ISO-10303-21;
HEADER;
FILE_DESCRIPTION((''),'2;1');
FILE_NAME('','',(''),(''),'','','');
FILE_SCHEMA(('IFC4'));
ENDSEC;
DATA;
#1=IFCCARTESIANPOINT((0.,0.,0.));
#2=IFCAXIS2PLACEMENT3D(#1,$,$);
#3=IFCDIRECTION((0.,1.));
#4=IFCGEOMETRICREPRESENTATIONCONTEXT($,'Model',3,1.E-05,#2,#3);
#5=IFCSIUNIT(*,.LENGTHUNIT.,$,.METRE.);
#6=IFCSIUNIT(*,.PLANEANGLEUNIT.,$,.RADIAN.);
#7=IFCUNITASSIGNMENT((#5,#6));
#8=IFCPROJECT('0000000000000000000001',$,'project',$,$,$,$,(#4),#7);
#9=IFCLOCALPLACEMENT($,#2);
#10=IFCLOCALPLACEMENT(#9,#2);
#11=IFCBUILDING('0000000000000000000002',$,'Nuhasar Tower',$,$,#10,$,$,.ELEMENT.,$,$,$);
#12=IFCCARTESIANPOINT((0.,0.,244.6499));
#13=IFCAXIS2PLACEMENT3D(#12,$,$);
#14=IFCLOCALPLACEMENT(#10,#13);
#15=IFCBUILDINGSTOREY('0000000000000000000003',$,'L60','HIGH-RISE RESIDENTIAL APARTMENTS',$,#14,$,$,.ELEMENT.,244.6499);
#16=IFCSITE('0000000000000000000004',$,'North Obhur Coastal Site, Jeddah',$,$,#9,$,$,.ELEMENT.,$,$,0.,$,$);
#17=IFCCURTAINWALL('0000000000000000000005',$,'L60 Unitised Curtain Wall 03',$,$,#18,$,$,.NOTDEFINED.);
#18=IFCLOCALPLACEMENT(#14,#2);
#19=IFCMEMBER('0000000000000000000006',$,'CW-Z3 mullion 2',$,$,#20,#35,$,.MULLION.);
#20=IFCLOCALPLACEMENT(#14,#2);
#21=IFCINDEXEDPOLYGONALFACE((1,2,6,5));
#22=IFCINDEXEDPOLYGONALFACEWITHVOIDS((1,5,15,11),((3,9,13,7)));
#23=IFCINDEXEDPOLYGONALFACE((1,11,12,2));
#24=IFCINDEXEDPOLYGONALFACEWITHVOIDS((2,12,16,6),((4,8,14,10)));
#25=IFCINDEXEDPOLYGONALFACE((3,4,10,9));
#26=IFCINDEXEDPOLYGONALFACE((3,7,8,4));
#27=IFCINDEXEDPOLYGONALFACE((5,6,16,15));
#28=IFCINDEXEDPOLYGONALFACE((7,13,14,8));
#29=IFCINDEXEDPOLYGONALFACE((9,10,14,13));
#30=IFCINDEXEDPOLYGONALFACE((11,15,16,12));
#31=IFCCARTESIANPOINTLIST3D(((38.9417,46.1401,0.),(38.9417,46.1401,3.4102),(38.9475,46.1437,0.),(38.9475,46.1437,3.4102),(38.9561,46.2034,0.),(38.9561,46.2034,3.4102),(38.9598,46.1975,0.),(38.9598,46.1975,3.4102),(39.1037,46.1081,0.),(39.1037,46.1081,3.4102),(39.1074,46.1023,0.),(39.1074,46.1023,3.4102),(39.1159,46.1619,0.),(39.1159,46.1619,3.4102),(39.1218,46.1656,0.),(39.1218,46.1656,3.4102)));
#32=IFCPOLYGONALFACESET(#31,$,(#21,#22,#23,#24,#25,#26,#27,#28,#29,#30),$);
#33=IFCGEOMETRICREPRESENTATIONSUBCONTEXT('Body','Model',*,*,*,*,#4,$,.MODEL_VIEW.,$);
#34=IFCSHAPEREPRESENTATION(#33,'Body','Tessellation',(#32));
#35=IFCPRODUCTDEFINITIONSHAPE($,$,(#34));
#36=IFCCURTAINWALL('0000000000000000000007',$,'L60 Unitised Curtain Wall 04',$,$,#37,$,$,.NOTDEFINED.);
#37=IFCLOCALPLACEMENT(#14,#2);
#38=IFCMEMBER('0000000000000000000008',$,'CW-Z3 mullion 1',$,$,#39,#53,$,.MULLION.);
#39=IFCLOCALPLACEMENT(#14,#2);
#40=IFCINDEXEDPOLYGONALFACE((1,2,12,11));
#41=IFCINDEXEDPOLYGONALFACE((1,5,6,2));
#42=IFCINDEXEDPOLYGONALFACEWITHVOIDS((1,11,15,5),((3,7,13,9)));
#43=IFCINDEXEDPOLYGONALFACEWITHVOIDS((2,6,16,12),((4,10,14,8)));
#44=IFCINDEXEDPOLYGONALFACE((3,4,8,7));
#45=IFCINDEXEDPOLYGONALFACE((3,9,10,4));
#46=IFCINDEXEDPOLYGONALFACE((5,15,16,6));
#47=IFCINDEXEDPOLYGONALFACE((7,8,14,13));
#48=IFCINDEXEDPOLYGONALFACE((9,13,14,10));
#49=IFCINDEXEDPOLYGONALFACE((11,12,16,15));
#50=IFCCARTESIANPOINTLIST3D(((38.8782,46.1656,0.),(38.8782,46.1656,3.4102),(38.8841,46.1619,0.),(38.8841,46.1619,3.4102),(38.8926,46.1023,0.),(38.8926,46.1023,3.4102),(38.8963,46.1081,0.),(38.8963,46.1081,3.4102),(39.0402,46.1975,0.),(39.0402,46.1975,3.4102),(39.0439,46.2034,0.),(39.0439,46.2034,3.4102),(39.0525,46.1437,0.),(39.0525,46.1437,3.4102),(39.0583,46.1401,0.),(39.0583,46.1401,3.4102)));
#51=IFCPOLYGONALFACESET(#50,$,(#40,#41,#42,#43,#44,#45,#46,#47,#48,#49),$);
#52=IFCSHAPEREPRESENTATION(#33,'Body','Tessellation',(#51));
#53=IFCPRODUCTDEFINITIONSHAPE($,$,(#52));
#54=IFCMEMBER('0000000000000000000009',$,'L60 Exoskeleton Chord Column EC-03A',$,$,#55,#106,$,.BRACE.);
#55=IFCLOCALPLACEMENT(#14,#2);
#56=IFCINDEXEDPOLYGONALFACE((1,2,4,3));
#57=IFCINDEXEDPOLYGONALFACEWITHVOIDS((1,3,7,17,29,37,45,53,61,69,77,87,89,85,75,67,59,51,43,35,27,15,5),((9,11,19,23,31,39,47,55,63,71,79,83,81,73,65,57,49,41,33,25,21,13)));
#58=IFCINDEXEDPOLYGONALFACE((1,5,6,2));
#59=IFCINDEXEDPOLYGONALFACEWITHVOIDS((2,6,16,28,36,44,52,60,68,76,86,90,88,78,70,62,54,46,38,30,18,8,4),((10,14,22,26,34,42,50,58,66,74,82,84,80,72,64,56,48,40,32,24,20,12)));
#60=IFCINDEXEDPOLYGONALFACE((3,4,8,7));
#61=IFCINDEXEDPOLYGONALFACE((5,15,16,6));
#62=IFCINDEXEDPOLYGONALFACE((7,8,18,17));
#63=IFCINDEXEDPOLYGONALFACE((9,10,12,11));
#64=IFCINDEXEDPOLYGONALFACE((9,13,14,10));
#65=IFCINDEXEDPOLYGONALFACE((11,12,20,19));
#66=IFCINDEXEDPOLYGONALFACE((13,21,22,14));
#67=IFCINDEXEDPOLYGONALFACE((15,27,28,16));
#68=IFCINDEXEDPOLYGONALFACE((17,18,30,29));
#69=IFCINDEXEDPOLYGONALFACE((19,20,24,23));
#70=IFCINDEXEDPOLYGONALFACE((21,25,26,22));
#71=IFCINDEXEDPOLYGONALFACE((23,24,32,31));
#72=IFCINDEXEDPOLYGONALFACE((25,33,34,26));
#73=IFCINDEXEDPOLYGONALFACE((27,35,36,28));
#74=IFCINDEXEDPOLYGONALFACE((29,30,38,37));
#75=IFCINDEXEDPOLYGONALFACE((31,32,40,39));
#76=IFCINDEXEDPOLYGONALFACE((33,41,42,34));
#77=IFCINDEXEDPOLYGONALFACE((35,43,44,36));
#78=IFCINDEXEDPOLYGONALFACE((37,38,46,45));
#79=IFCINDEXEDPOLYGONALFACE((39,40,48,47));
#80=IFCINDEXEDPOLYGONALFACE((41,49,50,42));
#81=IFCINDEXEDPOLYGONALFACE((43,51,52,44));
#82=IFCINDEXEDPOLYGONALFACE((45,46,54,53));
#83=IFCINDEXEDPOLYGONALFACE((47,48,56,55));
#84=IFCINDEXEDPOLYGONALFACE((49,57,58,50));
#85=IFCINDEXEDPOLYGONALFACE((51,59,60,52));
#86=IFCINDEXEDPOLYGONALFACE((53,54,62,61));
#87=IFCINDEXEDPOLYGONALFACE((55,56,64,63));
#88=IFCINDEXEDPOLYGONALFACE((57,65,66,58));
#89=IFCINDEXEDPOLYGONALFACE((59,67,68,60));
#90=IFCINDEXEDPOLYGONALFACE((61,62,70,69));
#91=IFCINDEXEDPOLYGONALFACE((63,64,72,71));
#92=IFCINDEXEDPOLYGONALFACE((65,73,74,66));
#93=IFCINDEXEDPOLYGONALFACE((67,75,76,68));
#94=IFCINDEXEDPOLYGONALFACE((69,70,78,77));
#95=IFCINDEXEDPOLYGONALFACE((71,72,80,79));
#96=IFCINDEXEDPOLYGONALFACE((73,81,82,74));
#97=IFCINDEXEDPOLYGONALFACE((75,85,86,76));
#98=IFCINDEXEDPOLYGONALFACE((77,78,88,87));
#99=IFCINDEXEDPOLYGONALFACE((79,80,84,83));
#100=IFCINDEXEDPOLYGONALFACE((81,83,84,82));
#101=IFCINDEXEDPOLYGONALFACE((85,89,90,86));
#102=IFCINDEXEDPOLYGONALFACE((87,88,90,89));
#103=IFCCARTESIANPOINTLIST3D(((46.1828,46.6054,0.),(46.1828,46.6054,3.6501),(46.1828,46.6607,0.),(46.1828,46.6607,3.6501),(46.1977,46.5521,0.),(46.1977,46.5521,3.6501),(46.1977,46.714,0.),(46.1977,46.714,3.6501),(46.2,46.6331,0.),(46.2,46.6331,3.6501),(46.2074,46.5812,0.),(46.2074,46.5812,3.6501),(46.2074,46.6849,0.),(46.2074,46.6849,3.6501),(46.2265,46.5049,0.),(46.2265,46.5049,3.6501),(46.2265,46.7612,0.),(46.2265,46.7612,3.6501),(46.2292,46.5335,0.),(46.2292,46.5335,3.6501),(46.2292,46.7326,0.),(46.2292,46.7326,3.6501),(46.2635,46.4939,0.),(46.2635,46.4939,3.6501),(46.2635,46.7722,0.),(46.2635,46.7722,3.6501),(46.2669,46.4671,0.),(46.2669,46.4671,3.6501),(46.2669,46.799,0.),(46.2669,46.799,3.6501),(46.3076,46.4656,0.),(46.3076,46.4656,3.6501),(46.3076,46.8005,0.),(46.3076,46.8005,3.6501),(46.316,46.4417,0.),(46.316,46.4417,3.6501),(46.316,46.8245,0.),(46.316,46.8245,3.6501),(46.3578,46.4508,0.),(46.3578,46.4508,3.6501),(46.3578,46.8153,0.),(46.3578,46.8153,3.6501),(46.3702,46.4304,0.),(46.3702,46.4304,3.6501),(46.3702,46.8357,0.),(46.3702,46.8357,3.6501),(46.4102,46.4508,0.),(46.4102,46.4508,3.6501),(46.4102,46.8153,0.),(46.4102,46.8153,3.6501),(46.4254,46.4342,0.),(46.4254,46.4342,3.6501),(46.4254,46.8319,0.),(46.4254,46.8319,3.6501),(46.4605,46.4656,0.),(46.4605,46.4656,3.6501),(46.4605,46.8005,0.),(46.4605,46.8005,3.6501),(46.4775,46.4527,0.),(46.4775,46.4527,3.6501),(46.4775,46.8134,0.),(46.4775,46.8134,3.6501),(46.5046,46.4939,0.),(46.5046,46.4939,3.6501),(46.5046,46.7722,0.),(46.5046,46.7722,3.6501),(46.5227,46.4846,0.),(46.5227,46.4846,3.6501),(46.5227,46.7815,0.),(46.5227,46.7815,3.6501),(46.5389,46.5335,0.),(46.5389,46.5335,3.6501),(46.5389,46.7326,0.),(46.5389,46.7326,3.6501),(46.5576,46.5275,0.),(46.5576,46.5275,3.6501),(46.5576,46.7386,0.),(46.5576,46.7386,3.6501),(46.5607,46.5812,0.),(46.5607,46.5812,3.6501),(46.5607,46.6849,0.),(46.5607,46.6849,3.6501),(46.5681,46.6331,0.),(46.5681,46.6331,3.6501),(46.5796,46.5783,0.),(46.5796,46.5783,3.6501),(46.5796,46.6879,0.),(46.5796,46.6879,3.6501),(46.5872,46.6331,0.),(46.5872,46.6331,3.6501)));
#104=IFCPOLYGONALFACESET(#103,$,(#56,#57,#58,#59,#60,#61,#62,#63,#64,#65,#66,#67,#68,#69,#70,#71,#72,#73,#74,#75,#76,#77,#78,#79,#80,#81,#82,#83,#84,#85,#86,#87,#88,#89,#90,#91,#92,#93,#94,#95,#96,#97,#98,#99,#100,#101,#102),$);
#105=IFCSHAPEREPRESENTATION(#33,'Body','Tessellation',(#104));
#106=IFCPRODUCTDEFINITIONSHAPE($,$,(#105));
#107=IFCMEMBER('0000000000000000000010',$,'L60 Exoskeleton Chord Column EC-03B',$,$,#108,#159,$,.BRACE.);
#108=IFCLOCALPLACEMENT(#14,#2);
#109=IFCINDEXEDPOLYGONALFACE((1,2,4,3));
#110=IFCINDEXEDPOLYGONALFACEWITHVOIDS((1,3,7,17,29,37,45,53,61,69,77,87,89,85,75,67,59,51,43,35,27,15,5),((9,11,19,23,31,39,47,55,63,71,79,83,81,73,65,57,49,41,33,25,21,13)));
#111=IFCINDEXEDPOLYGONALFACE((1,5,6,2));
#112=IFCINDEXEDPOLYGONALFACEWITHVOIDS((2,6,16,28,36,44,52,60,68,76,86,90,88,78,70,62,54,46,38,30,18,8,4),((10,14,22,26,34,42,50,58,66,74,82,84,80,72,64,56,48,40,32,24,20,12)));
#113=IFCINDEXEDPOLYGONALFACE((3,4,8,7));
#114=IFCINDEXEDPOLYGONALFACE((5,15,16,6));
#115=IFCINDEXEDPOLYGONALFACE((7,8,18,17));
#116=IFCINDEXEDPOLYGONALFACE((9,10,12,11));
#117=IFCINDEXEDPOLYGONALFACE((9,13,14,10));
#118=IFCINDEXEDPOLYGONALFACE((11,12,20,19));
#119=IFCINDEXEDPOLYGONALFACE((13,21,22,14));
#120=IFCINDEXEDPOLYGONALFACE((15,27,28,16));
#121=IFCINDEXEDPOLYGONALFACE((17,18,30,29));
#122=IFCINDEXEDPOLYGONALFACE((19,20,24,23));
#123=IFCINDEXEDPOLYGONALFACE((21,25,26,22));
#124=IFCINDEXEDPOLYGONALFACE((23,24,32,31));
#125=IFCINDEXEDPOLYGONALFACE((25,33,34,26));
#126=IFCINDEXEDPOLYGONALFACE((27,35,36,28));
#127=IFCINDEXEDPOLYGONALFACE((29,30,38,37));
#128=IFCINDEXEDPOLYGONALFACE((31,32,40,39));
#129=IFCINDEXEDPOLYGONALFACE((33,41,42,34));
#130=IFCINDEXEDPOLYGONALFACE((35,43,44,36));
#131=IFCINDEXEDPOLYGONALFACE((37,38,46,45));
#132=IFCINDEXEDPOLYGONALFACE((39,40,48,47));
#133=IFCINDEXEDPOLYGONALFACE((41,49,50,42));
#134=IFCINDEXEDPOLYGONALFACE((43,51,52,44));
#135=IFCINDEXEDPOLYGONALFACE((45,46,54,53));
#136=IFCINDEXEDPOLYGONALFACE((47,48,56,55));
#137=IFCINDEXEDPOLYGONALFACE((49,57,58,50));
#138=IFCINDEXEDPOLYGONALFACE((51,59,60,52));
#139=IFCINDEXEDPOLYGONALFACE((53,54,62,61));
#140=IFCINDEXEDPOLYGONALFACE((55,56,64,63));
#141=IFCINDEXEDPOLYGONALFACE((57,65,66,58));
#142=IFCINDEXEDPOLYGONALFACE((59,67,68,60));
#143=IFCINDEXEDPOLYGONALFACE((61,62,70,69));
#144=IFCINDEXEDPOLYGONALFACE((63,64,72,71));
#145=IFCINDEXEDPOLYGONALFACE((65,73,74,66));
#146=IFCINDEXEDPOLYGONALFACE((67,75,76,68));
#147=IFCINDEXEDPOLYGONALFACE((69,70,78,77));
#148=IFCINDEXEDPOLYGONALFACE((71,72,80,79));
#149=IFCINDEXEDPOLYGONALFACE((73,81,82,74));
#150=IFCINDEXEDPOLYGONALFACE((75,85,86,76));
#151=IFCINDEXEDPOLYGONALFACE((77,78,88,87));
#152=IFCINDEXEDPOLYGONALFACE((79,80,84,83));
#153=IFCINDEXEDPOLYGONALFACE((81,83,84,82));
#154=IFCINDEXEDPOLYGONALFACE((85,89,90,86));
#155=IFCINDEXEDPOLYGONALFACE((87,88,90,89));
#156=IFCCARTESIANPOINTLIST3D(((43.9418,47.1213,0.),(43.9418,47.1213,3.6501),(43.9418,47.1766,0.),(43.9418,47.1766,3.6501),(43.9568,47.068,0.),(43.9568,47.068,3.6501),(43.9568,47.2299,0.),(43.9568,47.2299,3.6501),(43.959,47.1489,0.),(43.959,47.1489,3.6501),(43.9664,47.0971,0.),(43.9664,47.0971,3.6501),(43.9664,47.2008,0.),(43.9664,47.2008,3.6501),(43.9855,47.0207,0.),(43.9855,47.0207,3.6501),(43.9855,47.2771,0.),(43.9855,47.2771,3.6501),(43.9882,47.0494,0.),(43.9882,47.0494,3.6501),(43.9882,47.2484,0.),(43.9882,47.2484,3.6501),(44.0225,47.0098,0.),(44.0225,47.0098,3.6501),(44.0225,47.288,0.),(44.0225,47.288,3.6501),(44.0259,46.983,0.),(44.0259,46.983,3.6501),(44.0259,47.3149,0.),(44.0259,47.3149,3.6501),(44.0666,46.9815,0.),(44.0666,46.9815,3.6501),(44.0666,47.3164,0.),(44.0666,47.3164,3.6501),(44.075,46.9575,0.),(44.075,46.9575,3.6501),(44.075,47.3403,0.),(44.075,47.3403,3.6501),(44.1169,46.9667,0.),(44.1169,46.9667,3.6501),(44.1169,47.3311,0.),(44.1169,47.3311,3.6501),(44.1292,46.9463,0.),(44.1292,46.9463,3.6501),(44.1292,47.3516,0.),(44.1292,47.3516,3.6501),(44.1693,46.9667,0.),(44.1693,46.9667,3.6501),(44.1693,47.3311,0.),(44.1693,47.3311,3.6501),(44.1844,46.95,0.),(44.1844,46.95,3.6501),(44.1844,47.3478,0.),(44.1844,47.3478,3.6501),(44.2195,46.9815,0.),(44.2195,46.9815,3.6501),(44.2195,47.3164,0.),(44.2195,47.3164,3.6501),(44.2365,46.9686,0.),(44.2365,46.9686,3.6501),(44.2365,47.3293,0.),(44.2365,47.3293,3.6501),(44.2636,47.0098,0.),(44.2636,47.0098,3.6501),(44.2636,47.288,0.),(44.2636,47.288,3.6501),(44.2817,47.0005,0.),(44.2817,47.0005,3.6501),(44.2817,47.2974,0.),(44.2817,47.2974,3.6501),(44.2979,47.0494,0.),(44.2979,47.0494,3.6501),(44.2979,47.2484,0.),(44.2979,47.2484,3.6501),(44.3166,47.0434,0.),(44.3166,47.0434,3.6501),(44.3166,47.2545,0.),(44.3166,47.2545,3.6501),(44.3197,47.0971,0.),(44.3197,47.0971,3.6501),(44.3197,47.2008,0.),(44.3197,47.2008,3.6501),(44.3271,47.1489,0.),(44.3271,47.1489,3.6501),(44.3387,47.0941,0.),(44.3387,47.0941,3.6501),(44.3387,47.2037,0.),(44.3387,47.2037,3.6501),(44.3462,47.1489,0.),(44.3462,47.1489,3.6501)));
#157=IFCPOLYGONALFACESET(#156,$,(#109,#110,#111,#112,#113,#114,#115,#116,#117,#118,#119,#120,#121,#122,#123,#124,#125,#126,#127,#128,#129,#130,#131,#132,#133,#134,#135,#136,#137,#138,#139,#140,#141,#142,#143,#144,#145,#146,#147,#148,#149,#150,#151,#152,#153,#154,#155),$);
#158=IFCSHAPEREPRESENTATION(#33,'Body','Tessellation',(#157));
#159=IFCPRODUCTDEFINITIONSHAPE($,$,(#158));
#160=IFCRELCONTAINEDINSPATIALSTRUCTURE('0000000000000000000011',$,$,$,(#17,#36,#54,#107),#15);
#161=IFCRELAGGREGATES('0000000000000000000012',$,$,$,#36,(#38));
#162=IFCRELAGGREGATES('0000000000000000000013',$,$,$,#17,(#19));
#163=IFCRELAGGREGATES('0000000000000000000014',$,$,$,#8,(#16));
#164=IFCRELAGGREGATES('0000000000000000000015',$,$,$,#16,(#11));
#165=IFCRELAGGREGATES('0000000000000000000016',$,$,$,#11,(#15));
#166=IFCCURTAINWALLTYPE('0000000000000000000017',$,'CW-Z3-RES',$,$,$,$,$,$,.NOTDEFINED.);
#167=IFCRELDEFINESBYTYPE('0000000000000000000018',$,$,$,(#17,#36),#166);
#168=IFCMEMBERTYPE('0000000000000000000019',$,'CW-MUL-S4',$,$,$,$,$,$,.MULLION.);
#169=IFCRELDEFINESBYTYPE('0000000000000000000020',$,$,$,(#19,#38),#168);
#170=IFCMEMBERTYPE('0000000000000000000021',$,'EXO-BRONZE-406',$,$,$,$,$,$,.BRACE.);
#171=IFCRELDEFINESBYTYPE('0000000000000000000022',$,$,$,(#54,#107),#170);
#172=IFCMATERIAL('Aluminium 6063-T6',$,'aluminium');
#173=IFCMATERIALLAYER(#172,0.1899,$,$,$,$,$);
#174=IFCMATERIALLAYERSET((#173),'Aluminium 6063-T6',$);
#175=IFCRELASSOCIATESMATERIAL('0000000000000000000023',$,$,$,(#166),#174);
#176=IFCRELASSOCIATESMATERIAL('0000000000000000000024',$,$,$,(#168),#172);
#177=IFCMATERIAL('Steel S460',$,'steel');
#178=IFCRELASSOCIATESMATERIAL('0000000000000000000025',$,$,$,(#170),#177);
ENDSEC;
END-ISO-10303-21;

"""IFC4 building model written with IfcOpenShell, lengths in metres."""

from ifc_helpers import new_model, si_unit, direction, frame, origin, origin_2d, place, context, subcontext, project, spatial, hollow_rectangle, hollow_circle, extrude, material, layer, layer_set, material_profile, profile_set, type_object, element, aggregate, save


model = new_model("IFC4")

# Units and contexts
model_context = context("Model", 3, precision=1e-05, world=origin(), true_north=direction((0.0, 1.0)))
body_context = subcontext(model_context, "Body", "Model", "MODEL_VIEW")
ifc_project = project(units=[si_unit("LENGTHUNIT", "METRE"), si_unit("PLANEANGLEUNIT", "RADIAN")], contexts=[model_context])

# Site, building, storey
site_placement = place(None, origin())
site = spatial("IfcSite", under=ifc_project, at=site_placement, Name="North Obhur Coastal Site, Jeddah", CompositionType="ELEMENT", RefElevation=0.0)
building_placement = place(site_placement, origin())
building = spatial("IfcBuilding", under=site, at=building_placement, Name="Nuhasar Tower", CompositionType="ELEMENT")
storey_placement = place(building_placement, frame((0.0, 0.0, 244.6499)))
storey = spatial("IfcBuildingStorey", under=building, at=storey_placement, Name="L60", Description="HIGH-RISE RESIDENTIAL APARTMENTS", CompositionType="ELEMENT", Elevation=244.6499)

# Curtain walls, members
ifc_material_1 = material(Name="Aluminium 6063-T6", Category="aluminium")
ifc_layer_1 = layer(ifc_material_1, 0.1899)
ifc_layer_set_1 = layer_set([ifc_layer_1], Name="Aluminium 6063-T6")
curtain_wall_type = type_object("IfcCurtainWallType", Name="CW-Z3-RES", PredefinedType="NOTDEFINED", material=ifc_layer_set_1)
curtain_wall_1_placement = place(storey_placement, origin())
curtain_wall_1 = element("IfcCurtainWall", 1, at=curtain_wall_1_placement, inside=storey, type_object=curtain_wall_type, Name="L60 Unitised Curtain Wall 03", PredefinedType="NOTDEFINED")
ifc_material_profile_1 = material_profile(ifc_material_1, hollow_rectangle(XDim=0.0649, YDim=0.1699, WallThickness=0.0049, at=origin_2d()), Name="CWM-4")
ifc_profile_set_1 = profile_set([ifc_material_profile_1], Name="Aluminium 6063-T6")
member_type_1 = type_object("IfcMemberType", Name="CW-MUL-S4", PredefinedType="MULLION", material=ifc_profile_set_1)
member_1_placement = place(storey_placement, frame((39.0317, 46.1528, 0.0), z_axis=(0.0, 0.0, 1.0), x_axis=(-0.222243, -0.974991, 0.0)))
member_1 = element("IfcMember", 2, at=member_1_placement, type_object=member_type_1, Name="CW-Z3 mullion 2", PredefinedType="MULLION", context=body_context, shape_type="SweptSolid", body=[
    extrude(hollow_rectangle(XDim=0.0649, YDim=0.1699, WallThickness=0.0049, at=origin_2d()), origin(), (0.0, 0.0, 1.0), 3.4102),
])
curtain_wall_2_placement = place(storey_placement, origin())
curtain_wall_2 = element("IfcCurtainWall", 3, at=curtain_wall_2_placement, inside=storey, type_object=curtain_wall_type, Name="L60 Unitised Curtain Wall 04", PredefinedType="NOTDEFINED")
member_2_placement = place(storey_placement, frame((38.9683, 46.1528, 0.0), z_axis=(0.0, 0.0, 1.0), x_axis=(0.222243, -0.974991, 0.0)))
member_2 = element("IfcMember", 4, at=member_2_placement, type_object=member_type_1, Name="CW-Z3 mullion 1", PredefinedType="MULLION", context=body_context, shape_type="SweptSolid", body=[
    extrude(hollow_rectangle(XDim=0.0649, YDim=0.1699, WallThickness=0.0049, at=origin_2d()), origin(), (0.0, 0.0, 1.0), 3.4102),
])
aggregate(curtain_wall_2, [member_2])

# Members
ifc_material_2 = material(Name="Steel S460", Category="steel")
ifc_material_profile_2 = material_profile(ifc_material_2, hollow_circle(Radius=0.2031, WallThickness=0.019, at=origin_2d()), Name="HSS406.4X19.1")
ifc_profile_set_2 = profile_set([ifc_material_profile_2], Name="Steel S460")
member_type_2 = type_object("IfcMemberType", Name="EXO-BRONZE-406", PredefinedType="BRACE", material=ifc_profile_set_2)
for number, where, z_axis, x_axis, name in (
    (5, (46.384, 46.6331, 0.0), (0.0, 0.0, 1.0), (1.0, 0.0, 0.0), "L60 Exoskeleton Chord Column EC-03A"),
    (6, (44.1431, 47.1489, 0.0), (0.0, 0.0, 1.0), (1.0, 0.0, 0.0), "L60 Exoskeleton Chord Column EC-03B"),
):
    element("IfcMember", number, at=place(storey_placement, frame(where, z_axis=z_axis, x_axis=x_axis)), inside=storey, type_object=member_type_2, Name=name, PredefinedType="BRACE", context=body_context, shape_type="SweptSolid", body=[
        extrude(hollow_circle(Radius=0.2031, WallThickness=0.019, at=origin_2d()), origin(), (0.0, 0.0, 1.0), 3.6501),
    ])

aggregate(curtain_wall_1, [member_1])

save(model, "model.ifc")
